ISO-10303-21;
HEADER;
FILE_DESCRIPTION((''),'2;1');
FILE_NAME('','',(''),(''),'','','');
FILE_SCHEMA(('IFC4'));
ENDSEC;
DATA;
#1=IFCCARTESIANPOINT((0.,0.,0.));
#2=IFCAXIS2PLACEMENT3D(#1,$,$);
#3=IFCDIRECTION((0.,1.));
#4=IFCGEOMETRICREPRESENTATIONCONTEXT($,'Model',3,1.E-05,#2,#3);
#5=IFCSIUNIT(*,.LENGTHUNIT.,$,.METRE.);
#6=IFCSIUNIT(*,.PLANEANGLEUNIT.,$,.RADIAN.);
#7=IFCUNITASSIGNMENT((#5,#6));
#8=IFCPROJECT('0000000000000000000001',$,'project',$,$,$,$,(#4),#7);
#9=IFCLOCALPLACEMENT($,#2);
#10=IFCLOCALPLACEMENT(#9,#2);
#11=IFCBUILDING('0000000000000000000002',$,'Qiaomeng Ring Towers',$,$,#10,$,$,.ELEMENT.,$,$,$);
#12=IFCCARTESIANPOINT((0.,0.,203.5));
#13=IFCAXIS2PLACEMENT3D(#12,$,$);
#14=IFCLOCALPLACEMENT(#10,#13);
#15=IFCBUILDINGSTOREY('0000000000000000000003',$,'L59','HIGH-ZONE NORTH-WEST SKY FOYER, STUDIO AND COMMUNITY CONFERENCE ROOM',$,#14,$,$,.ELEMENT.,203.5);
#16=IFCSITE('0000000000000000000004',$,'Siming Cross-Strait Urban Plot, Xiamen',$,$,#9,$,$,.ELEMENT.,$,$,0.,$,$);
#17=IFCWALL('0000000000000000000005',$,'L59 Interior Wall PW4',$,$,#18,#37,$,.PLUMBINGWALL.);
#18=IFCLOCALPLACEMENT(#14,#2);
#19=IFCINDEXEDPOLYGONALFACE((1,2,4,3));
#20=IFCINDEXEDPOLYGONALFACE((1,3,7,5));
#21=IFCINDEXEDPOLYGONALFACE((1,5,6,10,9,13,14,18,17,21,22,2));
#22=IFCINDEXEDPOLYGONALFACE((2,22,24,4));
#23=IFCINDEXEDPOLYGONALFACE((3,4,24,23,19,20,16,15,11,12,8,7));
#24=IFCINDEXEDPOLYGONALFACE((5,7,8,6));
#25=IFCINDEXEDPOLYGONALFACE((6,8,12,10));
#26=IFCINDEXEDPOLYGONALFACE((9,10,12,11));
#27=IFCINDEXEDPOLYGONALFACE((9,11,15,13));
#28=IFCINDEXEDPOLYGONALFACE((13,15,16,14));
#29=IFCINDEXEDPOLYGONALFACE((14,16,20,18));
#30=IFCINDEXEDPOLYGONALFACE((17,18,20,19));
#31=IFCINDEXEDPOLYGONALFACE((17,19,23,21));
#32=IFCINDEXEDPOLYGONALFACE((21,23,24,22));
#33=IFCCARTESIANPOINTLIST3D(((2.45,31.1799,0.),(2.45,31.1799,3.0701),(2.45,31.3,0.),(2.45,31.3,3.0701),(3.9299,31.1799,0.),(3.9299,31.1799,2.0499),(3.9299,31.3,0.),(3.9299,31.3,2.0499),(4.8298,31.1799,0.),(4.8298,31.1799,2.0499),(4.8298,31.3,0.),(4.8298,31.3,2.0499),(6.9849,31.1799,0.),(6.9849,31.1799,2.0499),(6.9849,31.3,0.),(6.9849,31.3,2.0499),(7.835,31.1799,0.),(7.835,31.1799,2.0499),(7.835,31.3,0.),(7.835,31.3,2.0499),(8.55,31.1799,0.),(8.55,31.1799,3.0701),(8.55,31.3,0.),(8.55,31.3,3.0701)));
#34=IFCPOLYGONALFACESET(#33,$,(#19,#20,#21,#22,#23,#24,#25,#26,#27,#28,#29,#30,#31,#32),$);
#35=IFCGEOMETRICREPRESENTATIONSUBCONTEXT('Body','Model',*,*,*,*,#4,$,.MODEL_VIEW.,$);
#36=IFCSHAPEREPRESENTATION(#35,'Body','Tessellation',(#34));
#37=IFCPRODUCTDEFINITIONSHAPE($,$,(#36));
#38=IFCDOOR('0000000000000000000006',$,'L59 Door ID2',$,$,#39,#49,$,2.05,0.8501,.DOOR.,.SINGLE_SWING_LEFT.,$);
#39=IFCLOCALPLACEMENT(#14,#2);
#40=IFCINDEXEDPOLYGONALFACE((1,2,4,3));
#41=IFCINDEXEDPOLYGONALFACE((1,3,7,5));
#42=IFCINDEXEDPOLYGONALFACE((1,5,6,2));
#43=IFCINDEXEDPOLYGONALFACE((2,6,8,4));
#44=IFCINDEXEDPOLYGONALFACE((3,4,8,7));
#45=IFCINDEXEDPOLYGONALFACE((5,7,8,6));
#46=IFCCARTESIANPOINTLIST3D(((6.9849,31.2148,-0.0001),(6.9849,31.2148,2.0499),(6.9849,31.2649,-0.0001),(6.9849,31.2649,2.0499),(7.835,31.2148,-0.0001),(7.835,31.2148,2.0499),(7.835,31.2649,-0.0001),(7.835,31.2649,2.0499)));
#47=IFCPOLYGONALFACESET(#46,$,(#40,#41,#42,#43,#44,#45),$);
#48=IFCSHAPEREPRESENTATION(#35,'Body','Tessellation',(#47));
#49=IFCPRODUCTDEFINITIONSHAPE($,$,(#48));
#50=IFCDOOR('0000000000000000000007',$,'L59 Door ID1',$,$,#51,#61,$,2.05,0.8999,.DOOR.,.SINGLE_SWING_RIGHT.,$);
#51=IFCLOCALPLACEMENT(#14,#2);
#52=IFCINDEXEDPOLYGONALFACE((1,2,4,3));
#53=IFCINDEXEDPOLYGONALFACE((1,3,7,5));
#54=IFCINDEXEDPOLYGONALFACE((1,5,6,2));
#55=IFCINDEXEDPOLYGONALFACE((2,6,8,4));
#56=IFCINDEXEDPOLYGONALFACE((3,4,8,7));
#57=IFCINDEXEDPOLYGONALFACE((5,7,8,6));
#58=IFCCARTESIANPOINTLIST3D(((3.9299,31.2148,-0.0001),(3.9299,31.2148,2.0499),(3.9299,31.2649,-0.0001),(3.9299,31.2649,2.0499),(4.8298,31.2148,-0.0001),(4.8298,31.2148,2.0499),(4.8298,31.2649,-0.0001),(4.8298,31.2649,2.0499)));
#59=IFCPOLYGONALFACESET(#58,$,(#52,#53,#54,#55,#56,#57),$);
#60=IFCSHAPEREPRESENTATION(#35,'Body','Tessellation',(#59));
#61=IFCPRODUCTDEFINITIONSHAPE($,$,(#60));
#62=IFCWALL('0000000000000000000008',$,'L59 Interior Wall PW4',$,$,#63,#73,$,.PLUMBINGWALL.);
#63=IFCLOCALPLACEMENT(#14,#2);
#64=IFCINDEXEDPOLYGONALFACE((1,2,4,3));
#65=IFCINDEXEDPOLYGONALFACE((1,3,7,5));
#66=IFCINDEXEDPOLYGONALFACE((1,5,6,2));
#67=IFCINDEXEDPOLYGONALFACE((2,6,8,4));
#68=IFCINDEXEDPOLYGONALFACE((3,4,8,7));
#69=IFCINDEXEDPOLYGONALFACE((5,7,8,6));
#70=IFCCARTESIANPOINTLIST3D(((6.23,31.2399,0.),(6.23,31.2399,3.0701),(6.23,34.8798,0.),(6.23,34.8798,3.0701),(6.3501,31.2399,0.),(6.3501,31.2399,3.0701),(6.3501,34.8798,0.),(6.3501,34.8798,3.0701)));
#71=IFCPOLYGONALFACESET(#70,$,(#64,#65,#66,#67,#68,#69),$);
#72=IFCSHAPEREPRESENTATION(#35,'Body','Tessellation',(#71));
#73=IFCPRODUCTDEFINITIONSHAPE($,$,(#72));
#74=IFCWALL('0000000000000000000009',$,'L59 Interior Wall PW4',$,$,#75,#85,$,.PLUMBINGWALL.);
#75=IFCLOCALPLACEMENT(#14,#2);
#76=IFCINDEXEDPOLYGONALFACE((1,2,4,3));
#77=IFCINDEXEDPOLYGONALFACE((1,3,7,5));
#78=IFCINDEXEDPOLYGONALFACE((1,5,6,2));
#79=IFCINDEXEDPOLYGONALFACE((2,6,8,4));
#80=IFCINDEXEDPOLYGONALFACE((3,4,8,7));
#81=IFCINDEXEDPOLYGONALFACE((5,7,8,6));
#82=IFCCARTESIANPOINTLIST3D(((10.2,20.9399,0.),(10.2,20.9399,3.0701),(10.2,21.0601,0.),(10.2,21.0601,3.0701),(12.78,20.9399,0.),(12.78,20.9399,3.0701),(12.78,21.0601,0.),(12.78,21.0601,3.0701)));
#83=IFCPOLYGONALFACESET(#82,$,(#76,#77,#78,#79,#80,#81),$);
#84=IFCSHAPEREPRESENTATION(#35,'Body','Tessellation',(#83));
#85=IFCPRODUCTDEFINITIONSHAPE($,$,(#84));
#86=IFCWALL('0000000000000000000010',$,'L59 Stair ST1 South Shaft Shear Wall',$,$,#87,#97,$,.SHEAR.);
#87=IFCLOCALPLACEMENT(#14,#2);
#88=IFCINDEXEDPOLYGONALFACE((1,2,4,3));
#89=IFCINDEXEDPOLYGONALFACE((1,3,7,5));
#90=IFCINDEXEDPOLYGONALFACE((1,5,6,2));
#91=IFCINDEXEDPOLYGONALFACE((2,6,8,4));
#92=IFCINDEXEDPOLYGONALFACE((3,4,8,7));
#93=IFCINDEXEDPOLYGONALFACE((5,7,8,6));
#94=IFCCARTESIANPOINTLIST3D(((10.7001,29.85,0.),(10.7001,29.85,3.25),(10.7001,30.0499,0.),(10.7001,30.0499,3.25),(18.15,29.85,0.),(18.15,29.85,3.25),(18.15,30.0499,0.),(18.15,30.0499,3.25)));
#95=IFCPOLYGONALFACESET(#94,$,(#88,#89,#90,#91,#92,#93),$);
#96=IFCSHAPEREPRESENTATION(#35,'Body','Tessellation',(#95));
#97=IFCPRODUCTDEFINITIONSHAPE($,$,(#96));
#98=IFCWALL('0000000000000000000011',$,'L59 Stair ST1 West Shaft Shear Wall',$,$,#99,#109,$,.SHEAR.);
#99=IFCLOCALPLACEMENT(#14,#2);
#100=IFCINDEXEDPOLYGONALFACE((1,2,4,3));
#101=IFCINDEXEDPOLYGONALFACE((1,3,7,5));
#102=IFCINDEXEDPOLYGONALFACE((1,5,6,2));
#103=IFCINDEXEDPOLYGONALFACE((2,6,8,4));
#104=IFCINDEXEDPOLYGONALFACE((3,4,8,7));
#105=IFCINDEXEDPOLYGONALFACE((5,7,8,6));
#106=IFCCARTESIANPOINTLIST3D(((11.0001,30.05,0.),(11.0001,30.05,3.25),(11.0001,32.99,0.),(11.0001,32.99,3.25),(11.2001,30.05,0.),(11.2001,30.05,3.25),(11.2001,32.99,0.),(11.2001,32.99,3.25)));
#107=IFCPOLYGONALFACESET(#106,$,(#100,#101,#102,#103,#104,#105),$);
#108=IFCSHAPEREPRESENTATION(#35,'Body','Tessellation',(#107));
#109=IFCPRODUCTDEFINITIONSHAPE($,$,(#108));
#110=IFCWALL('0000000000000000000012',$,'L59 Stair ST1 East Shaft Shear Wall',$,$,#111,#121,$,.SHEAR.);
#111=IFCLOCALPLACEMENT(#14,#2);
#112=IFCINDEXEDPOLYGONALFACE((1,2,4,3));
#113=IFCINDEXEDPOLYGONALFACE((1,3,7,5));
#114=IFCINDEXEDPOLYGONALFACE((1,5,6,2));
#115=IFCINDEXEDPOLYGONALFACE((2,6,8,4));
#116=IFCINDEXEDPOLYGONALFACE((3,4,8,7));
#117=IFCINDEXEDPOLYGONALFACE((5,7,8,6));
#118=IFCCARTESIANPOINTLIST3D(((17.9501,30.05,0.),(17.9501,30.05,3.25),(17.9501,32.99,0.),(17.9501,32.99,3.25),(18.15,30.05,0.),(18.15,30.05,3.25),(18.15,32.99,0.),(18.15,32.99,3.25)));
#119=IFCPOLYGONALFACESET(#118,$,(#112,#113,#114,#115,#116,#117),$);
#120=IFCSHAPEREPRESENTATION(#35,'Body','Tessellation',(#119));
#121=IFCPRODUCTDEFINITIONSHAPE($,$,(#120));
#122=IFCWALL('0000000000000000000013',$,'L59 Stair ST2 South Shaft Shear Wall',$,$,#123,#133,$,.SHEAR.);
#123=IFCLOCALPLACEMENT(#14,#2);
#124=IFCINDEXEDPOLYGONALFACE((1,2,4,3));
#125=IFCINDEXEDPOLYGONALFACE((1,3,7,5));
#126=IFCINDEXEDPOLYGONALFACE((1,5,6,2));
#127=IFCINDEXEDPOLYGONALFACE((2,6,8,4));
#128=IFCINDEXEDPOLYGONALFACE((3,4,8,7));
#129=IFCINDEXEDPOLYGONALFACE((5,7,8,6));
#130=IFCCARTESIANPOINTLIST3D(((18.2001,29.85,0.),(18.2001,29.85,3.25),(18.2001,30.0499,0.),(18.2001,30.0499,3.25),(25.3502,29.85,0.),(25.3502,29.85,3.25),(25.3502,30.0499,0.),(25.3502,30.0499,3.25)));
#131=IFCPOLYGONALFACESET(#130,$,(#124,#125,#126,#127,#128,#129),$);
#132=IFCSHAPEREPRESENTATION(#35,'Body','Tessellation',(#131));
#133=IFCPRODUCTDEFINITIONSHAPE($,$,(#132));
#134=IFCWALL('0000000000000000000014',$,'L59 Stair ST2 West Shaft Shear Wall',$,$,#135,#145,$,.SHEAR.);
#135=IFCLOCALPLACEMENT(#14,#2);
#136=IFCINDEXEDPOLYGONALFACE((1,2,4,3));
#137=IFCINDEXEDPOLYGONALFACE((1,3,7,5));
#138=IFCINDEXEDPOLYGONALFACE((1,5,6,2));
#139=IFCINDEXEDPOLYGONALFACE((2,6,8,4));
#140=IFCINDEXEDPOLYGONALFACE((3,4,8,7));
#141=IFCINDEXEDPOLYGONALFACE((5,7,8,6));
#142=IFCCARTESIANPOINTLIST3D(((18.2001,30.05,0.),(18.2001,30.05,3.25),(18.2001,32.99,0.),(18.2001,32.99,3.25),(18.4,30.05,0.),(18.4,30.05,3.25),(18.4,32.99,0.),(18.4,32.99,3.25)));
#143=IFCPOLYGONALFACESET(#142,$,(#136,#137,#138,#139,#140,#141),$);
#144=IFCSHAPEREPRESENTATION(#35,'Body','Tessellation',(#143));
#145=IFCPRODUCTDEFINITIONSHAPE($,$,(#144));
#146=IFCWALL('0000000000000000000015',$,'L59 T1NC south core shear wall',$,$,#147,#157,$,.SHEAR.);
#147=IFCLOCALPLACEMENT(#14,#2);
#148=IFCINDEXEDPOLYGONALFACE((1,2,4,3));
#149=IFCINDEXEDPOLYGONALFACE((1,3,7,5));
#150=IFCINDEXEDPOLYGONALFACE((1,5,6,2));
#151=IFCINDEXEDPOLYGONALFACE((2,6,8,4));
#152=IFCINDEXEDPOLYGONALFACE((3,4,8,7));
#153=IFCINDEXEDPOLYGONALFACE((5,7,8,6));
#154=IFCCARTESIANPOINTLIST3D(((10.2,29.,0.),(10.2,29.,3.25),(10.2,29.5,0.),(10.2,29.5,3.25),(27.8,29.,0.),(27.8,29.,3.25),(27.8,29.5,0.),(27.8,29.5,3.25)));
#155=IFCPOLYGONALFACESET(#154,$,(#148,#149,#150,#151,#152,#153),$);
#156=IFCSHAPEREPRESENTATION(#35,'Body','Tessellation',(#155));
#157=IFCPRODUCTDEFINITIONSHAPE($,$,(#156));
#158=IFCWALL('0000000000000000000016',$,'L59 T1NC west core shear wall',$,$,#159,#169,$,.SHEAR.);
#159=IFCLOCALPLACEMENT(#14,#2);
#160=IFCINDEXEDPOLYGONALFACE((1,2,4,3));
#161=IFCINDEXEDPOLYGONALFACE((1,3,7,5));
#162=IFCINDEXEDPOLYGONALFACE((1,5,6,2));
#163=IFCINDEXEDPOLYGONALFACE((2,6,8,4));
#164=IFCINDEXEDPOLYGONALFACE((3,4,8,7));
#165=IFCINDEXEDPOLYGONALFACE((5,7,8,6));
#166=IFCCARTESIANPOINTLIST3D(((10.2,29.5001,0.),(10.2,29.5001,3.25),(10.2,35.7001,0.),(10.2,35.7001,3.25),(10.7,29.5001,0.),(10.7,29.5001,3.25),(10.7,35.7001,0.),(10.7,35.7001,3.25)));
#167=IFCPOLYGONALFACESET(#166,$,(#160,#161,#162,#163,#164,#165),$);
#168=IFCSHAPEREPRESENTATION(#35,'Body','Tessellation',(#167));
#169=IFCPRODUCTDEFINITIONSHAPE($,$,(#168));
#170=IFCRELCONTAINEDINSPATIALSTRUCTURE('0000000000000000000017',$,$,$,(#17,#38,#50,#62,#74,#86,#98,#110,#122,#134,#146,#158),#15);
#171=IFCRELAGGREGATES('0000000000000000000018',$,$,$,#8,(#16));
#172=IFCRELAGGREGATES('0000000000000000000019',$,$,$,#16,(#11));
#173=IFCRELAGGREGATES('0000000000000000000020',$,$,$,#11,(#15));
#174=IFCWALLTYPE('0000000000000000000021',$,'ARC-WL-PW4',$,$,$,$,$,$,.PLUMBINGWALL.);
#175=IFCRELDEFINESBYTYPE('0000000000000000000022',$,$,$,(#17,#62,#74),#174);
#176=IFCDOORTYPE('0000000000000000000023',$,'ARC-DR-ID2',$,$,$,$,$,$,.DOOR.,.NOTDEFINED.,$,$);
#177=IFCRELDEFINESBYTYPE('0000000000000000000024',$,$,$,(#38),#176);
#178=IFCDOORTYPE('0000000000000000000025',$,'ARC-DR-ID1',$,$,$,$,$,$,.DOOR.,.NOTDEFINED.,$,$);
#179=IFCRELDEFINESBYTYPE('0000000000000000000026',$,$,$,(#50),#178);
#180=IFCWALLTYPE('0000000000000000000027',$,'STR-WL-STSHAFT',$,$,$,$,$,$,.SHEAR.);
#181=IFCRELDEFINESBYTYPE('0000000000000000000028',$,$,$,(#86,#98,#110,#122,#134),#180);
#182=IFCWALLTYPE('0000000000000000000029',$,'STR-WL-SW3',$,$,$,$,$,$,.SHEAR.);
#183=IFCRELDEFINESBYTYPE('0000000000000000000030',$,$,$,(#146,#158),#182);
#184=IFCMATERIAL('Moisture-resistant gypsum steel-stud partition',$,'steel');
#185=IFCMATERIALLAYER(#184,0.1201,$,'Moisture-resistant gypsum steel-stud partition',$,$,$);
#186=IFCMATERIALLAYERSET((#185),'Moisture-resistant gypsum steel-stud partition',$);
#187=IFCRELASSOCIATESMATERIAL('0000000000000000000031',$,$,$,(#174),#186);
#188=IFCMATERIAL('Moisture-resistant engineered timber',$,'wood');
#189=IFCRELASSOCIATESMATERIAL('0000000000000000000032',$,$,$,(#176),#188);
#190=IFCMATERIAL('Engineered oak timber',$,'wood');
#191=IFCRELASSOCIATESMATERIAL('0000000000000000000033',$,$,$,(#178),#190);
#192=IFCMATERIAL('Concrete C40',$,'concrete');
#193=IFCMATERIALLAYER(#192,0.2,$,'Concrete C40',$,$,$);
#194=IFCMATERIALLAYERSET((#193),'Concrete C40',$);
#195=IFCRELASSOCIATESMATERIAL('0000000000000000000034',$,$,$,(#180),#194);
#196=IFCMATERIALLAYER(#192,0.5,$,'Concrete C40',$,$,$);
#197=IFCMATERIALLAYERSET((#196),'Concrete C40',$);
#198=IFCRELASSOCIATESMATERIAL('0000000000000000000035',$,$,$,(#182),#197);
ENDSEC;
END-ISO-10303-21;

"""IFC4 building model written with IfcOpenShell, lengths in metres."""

from ifc_helpers import new_model, si_unit, direction, frame, frame_2d, origin, place, context, subcontext, project, spatial, rectangle, extrude, source, transform, mapped, material, layer, layer_set, type_object, element, fill, save


model = new_model("IFC4")

# Units and contexts
model_context = context("Model", 3, precision=1e-05, world=origin(), true_north=direction((0.0, 1.0)))
body_context = subcontext(model_context, "Body", "Model", "MODEL_VIEW")
ifc_project = project(units=[si_unit("LENGTHUNIT", "METRE"), si_unit("PLANEANGLEUNIT", "RADIAN")], contexts=[model_context])

# Site, building, storey
site_placement = place(None, origin())
site = spatial("IfcSite", under=ifc_project, at=site_placement, Name="Siming Cross-Strait Urban Plot, Xiamen", CompositionType="ELEMENT", RefElevation=0.0)
building_placement = place(site_placement, origin())
building = spatial("IfcBuilding", under=site, at=building_placement, Name="Qiaomeng Ring Towers", CompositionType="ELEMENT")
storey_placement = place(building_placement, frame((0.0, 0.0, 203.5)))
storey = spatial("IfcBuildingStorey", under=building, at=storey_placement, Name="L59", Description="HIGH-ZONE NORTH-WEST SKY FOYER, STUDIO AND COMMUNITY CONFERENCE ROOM", CompositionType="ELEMENT", Elevation=203.5)

# Shared definitions
ifc_material_1 = material(Name="Concrete C40", Category="concrete")

# Wall, openings, doors
ifc_material_2 = material(Name="Moisture-resistant gypsum steel-stud partition", Category="steel")
ifc_layer_1 = layer(ifc_material_2, 0.1201, Name="Moisture-resistant gypsum steel-stud partition")
ifc_layer_set_1 = layer_set([ifc_layer_1], Name="Moisture-resistant gypsum steel-stud partition")
wall_type_1 = type_object("IfcWallType", Name="ARC-WL-PW4", PredefinedType="PLUMBINGWALL", material=ifc_layer_set_1)
wall_1_placement = place(storey_placement, frame((2.45, 31.24, 0.0), z_axis=(0.0, 0.0, 1.0), x_axis=(1.0, 0.0, 0.0)))
wall_1 = element("IfcWall", 1, at=wall_1_placement, inside=storey, type_object=wall_type_1, Name="L59 Interior Wall PW4", PredefinedType="PLUMBINGWALL", context=body_context, shape_type="SweptSolid", body=[
    extrude(rectangle(XDim=6.1001, YDim=0.1201, at=frame_2d((3.05, 0.0))), origin(), (0.0, 0.0, 1.0), 3.0701),
])
opening_1_placement = place(wall_1_placement, frame((1.48, 0.0, 0.0)))
opening_1 = element("IfcOpeningElement", 2, at=opening_1_placement, cuts=wall_1, PredefinedType="OPENING", context=body_context, shape_type="SweptSolid", body=[
    extrude(rectangle(XDim=0.8999, YDim=2.05, at=frame_2d((0.45, 1.0249))), frame((0.0, 0.0701, 0.0), z_axis=(0.0, -1.0, 0.0), x_axis=(1.0, 0.0, 0.0)), (0.0, 0.0, 1.0), 0.1401),
])
opening_2_placement = place(wall_1_placement, frame((4.5349, 0.0, 0.0)))
opening_2 = element("IfcOpeningElement", 3, at=opening_2_placement, cuts=wall_1, PredefinedType="OPENING", context=body_context, shape_type="SweptSolid", body=[
    extrude(rectangle(XDim=0.8501, YDim=2.05, at=frame_2d((0.425, 1.0249))), frame((0.0, 0.0701, 0.0), z_axis=(0.0, -1.0, 0.0), x_axis=(1.0, 0.0, 0.0)), (0.0, 0.0, 1.0), 0.1401),
])
ifc_material_3 = material(Name="Moisture-resistant engineered timber", Category="wood")
door_type_1 = type_object("IfcDoorType", Name="ARC-DR-ID2", OperationType="NOTDEFINED", PredefinedType="DOOR", material=ifc_material_3)
shared_shape_1 = source(origin(), body_context, "Body", "SweptSolid", [
    extrude(rectangle(XDim=0.8501, YDim=2.05, at=frame_2d((0.425, 1.0249))), frame((0.0, 0.0249, 0.0), z_axis=(0.0, -1.0, 0.0), x_axis=(1.0, 0.0, 0.0)), (0.0, 0.0, 1.0), 0.05),
])
door_1_placement = place(opening_2_placement, origin())
door_1 = element("IfcDoor", 4, at=door_1_placement, inside=storey, type_object=door_type_1, Name="L59 Door ID2", OperationType="SINGLE_SWING_LEFT", OverallHeight=2.05, OverallWidth=0.8501, PredefinedType="DOOR", context=body_context, shape_type="MappedRepresentation", body=[
    mapped(shared_shape_1, transform((0.0, 0.0, 0.0), x_axis=(1.0, 0.0, 0.0), y_axis=(0.0, 1.0, 0.0), z_axis=(0.0, 0.0, 1.0), scale=1.0)),
])
fill(opening_2, door_1)
ifc_material_4 = material(Name="Engineered oak timber", Category="wood")
door_type_2 = type_object("IfcDoorType", Name="ARC-DR-ID1", OperationType="NOTDEFINED", PredefinedType="DOOR", material=ifc_material_4)
shared_shape_2 = source(origin(), body_context, "Body", "SweptSolid", [
    extrude(rectangle(XDim=0.8999, YDim=2.05, at=frame_2d((0.45, 1.0249))), frame((0.0, 0.0249, 0.0), z_axis=(0.0, -1.0, 0.0), x_axis=(1.0, 0.0, 0.0)), (0.0, 0.0, 1.0), 0.05),
])
door_2_placement = place(opening_1_placement, origin())
door_2 = element("IfcDoor", 5, at=door_2_placement, inside=storey, type_object=door_type_2, Name="L59 Door ID1", OperationType="SINGLE_SWING_RIGHT", OverallHeight=2.05, OverallWidth=0.8999, PredefinedType="DOOR", context=body_context, shape_type="MappedRepresentation", body=[
    mapped(shared_shape_2, transform((0.0, 0.0, 0.0), x_axis=(1.0, 0.0, 0.0), y_axis=(0.0, 1.0, 0.0), z_axis=(0.0, 0.0, 1.0), scale=1.0)),
])
fill(opening_1, door_2)

# Walls
wall_2_placement = place(storey_placement, frame((6.29, 31.24, 0.0), z_axis=(0.0, 0.0, 1.0), x_axis=(0.0, 1.0, 0.0)))
element("IfcWall", 6, at=wall_2_placement, inside=storey, type_object=wall_type_1, Name="L59 Interior Wall PW4", PredefinedType="PLUMBINGWALL", context=body_context, shape_type="SweptSolid", body=[
    extrude(rectangle(XDim=3.6399, YDim=0.1201, at=frame_2d((1.8198, 0.0))), origin(), (0.0, 0.0, 1.0), 3.0701),
])
wall_3_placement = place(storey_placement, frame((10.2, 21.0, 0.0), z_axis=(0.0, 0.0, 1.0), x_axis=(1.0, 0.0, 0.0)))
element("IfcWall", 7, at=wall_3_placement, inside=storey, type_object=wall_type_1, Name="L59 Interior Wall PW4", PredefinedType="PLUMBINGWALL", context=body_context, shape_type="SweptSolid", body=[
    extrude(rectangle(XDim=2.5801, YDim=0.1201, at=frame_2d((1.29, 0.0))), origin(), (0.0, 0.0, 1.0), 3.0701),
])
ifc_layer_2 = layer(ifc_material_1, 0.2, Name="Concrete C40")
ifc_layer_set_2 = layer_set([ifc_layer_2], Name="Concrete C40")
wall_type_2 = type_object("IfcWallType", Name="STR-WL-STSHAFT", PredefinedType="SHEAR", material=ifc_layer_set_2)
wall_4_placement = place(storey_placement, frame((10.7, 29.95, 0.0), z_axis=(0.0, 0.0, 1.0), x_axis=(1.0, 0.0, 0.0)))
element("IfcWall", 8, at=wall_4_placement, inside=storey, type_object=wall_type_2, Name="L59 Stair ST1 South Shaft Shear Wall", PredefinedType="SHEAR", context=body_context, shape_type="SweptSolid", body=[
    extrude(rectangle(XDim=7.45, YDim=0.2, at=frame_2d((3.7251, 0.0))), origin(), (0.0, 0.0, 1.0), 3.25),
])
for number, where, z_axis, x_axis, name in (
    (9, (11.1001, 30.05, 0.0), (0.0, 0.0, 1.0), (0.0, 1.0, 0.0), "L59 Stair ST1 West Shaft Shear Wall"),
    (10, (18.05, 30.05, 0.0), (0.0, 0.0, 1.0), (0.0, 1.0, 0.0), "L59 Stair ST1 East Shaft Shear Wall"),
):
    element("IfcWall", number, at=place(storey_placement, frame(where, z_axis=z_axis, x_axis=x_axis)), inside=storey, type_object=wall_type_2, Name=name, PredefinedType="SHEAR", context=body_context, shape_type="SweptSolid", body=[
        extrude(rectangle(XDim=2.9399, YDim=0.2, at=frame_2d((1.47, 0.0))), origin(), (0.0, 0.0, 1.0), 3.25),
    ])
wall_5_placement = place(storey_placement, frame((18.2, 29.95, 0.0), z_axis=(0.0, 0.0, 1.0), x_axis=(1.0, 0.0, 0.0)))
element("IfcWall", 11, at=wall_5_placement, inside=storey, type_object=wall_type_2, Name="L59 Stair ST2 South Shaft Shear Wall", PredefinedType="SHEAR", context=body_context, shape_type="SweptSolid", body=[
    extrude(rectangle(XDim=7.1501, YDim=0.2, at=frame_2d((3.5752, 0.0))), origin(), (0.0, 0.0, 1.0), 3.25),
])
wall_6_placement = place(storey_placement, frame((18.3, 30.05, 0.0), z_axis=(0.0, 0.0, 1.0), x_axis=(0.0, 1.0, 0.0)))
element("IfcWall", 12, at=wall_6_placement, inside=storey, type_object=wall_type_2, Name="L59 Stair ST2 West Shaft Shear Wall", PredefinedType="SHEAR", context=body_context, shape_type="SweptSolid", body=[
    extrude(rectangle(XDim=2.9399, YDim=0.2, at=frame_2d((1.47, 0.0))), origin(), (0.0, 0.0, 1.0), 3.25),
])
ifc_layer_3 = layer(ifc_material_1, 0.5, Name="Concrete C40")
ifc_layer_set_3 = layer_set([ifc_layer_3], Name="Concrete C40")
wall_type_3 = type_object("IfcWallType", Name="STR-WL-SW3", PredefinedType="SHEAR", material=ifc_layer_set_3)
wall_7_placement = place(storey_placement, frame((10.2, 29.25, 0.0), z_axis=(0.0, 0.0, 1.0), x_axis=(1.0, 0.0, 0.0)))
element("IfcWall", 13, at=wall_7_placement, inside=storey, type_object=wall_type_3, Name="L59 T1NC south core shear wall", PredefinedType="SHEAR", context=body_context, shape_type="SweptSolid", body=[
    extrude(rectangle(XDim=17.6001, YDim=0.5, at=frame_2d((8.8, 0.0))), origin(), (0.0, 0.0, 1.0), 3.25),
])
wall_8_placement = place(storey_placement, frame((10.45, 29.5, 0.0), z_axis=(0.0, 0.0, 1.0), x_axis=(0.0, 1.0, 0.0)))
element("IfcWall", 14, at=wall_8_placement, inside=storey, type_object=wall_type_3, Name="L59 T1NC west core shear wall", PredefinedType="SHEAR", context=body_context, shape_type="SweptSolid", body=[
    extrude(rectangle(XDim=6.2, YDim=0.5, at=frame_2d((3.1001, 0.0))), origin(), (0.0, 0.0, 1.0), 3.25),
])

save(model, "model.ifc")
